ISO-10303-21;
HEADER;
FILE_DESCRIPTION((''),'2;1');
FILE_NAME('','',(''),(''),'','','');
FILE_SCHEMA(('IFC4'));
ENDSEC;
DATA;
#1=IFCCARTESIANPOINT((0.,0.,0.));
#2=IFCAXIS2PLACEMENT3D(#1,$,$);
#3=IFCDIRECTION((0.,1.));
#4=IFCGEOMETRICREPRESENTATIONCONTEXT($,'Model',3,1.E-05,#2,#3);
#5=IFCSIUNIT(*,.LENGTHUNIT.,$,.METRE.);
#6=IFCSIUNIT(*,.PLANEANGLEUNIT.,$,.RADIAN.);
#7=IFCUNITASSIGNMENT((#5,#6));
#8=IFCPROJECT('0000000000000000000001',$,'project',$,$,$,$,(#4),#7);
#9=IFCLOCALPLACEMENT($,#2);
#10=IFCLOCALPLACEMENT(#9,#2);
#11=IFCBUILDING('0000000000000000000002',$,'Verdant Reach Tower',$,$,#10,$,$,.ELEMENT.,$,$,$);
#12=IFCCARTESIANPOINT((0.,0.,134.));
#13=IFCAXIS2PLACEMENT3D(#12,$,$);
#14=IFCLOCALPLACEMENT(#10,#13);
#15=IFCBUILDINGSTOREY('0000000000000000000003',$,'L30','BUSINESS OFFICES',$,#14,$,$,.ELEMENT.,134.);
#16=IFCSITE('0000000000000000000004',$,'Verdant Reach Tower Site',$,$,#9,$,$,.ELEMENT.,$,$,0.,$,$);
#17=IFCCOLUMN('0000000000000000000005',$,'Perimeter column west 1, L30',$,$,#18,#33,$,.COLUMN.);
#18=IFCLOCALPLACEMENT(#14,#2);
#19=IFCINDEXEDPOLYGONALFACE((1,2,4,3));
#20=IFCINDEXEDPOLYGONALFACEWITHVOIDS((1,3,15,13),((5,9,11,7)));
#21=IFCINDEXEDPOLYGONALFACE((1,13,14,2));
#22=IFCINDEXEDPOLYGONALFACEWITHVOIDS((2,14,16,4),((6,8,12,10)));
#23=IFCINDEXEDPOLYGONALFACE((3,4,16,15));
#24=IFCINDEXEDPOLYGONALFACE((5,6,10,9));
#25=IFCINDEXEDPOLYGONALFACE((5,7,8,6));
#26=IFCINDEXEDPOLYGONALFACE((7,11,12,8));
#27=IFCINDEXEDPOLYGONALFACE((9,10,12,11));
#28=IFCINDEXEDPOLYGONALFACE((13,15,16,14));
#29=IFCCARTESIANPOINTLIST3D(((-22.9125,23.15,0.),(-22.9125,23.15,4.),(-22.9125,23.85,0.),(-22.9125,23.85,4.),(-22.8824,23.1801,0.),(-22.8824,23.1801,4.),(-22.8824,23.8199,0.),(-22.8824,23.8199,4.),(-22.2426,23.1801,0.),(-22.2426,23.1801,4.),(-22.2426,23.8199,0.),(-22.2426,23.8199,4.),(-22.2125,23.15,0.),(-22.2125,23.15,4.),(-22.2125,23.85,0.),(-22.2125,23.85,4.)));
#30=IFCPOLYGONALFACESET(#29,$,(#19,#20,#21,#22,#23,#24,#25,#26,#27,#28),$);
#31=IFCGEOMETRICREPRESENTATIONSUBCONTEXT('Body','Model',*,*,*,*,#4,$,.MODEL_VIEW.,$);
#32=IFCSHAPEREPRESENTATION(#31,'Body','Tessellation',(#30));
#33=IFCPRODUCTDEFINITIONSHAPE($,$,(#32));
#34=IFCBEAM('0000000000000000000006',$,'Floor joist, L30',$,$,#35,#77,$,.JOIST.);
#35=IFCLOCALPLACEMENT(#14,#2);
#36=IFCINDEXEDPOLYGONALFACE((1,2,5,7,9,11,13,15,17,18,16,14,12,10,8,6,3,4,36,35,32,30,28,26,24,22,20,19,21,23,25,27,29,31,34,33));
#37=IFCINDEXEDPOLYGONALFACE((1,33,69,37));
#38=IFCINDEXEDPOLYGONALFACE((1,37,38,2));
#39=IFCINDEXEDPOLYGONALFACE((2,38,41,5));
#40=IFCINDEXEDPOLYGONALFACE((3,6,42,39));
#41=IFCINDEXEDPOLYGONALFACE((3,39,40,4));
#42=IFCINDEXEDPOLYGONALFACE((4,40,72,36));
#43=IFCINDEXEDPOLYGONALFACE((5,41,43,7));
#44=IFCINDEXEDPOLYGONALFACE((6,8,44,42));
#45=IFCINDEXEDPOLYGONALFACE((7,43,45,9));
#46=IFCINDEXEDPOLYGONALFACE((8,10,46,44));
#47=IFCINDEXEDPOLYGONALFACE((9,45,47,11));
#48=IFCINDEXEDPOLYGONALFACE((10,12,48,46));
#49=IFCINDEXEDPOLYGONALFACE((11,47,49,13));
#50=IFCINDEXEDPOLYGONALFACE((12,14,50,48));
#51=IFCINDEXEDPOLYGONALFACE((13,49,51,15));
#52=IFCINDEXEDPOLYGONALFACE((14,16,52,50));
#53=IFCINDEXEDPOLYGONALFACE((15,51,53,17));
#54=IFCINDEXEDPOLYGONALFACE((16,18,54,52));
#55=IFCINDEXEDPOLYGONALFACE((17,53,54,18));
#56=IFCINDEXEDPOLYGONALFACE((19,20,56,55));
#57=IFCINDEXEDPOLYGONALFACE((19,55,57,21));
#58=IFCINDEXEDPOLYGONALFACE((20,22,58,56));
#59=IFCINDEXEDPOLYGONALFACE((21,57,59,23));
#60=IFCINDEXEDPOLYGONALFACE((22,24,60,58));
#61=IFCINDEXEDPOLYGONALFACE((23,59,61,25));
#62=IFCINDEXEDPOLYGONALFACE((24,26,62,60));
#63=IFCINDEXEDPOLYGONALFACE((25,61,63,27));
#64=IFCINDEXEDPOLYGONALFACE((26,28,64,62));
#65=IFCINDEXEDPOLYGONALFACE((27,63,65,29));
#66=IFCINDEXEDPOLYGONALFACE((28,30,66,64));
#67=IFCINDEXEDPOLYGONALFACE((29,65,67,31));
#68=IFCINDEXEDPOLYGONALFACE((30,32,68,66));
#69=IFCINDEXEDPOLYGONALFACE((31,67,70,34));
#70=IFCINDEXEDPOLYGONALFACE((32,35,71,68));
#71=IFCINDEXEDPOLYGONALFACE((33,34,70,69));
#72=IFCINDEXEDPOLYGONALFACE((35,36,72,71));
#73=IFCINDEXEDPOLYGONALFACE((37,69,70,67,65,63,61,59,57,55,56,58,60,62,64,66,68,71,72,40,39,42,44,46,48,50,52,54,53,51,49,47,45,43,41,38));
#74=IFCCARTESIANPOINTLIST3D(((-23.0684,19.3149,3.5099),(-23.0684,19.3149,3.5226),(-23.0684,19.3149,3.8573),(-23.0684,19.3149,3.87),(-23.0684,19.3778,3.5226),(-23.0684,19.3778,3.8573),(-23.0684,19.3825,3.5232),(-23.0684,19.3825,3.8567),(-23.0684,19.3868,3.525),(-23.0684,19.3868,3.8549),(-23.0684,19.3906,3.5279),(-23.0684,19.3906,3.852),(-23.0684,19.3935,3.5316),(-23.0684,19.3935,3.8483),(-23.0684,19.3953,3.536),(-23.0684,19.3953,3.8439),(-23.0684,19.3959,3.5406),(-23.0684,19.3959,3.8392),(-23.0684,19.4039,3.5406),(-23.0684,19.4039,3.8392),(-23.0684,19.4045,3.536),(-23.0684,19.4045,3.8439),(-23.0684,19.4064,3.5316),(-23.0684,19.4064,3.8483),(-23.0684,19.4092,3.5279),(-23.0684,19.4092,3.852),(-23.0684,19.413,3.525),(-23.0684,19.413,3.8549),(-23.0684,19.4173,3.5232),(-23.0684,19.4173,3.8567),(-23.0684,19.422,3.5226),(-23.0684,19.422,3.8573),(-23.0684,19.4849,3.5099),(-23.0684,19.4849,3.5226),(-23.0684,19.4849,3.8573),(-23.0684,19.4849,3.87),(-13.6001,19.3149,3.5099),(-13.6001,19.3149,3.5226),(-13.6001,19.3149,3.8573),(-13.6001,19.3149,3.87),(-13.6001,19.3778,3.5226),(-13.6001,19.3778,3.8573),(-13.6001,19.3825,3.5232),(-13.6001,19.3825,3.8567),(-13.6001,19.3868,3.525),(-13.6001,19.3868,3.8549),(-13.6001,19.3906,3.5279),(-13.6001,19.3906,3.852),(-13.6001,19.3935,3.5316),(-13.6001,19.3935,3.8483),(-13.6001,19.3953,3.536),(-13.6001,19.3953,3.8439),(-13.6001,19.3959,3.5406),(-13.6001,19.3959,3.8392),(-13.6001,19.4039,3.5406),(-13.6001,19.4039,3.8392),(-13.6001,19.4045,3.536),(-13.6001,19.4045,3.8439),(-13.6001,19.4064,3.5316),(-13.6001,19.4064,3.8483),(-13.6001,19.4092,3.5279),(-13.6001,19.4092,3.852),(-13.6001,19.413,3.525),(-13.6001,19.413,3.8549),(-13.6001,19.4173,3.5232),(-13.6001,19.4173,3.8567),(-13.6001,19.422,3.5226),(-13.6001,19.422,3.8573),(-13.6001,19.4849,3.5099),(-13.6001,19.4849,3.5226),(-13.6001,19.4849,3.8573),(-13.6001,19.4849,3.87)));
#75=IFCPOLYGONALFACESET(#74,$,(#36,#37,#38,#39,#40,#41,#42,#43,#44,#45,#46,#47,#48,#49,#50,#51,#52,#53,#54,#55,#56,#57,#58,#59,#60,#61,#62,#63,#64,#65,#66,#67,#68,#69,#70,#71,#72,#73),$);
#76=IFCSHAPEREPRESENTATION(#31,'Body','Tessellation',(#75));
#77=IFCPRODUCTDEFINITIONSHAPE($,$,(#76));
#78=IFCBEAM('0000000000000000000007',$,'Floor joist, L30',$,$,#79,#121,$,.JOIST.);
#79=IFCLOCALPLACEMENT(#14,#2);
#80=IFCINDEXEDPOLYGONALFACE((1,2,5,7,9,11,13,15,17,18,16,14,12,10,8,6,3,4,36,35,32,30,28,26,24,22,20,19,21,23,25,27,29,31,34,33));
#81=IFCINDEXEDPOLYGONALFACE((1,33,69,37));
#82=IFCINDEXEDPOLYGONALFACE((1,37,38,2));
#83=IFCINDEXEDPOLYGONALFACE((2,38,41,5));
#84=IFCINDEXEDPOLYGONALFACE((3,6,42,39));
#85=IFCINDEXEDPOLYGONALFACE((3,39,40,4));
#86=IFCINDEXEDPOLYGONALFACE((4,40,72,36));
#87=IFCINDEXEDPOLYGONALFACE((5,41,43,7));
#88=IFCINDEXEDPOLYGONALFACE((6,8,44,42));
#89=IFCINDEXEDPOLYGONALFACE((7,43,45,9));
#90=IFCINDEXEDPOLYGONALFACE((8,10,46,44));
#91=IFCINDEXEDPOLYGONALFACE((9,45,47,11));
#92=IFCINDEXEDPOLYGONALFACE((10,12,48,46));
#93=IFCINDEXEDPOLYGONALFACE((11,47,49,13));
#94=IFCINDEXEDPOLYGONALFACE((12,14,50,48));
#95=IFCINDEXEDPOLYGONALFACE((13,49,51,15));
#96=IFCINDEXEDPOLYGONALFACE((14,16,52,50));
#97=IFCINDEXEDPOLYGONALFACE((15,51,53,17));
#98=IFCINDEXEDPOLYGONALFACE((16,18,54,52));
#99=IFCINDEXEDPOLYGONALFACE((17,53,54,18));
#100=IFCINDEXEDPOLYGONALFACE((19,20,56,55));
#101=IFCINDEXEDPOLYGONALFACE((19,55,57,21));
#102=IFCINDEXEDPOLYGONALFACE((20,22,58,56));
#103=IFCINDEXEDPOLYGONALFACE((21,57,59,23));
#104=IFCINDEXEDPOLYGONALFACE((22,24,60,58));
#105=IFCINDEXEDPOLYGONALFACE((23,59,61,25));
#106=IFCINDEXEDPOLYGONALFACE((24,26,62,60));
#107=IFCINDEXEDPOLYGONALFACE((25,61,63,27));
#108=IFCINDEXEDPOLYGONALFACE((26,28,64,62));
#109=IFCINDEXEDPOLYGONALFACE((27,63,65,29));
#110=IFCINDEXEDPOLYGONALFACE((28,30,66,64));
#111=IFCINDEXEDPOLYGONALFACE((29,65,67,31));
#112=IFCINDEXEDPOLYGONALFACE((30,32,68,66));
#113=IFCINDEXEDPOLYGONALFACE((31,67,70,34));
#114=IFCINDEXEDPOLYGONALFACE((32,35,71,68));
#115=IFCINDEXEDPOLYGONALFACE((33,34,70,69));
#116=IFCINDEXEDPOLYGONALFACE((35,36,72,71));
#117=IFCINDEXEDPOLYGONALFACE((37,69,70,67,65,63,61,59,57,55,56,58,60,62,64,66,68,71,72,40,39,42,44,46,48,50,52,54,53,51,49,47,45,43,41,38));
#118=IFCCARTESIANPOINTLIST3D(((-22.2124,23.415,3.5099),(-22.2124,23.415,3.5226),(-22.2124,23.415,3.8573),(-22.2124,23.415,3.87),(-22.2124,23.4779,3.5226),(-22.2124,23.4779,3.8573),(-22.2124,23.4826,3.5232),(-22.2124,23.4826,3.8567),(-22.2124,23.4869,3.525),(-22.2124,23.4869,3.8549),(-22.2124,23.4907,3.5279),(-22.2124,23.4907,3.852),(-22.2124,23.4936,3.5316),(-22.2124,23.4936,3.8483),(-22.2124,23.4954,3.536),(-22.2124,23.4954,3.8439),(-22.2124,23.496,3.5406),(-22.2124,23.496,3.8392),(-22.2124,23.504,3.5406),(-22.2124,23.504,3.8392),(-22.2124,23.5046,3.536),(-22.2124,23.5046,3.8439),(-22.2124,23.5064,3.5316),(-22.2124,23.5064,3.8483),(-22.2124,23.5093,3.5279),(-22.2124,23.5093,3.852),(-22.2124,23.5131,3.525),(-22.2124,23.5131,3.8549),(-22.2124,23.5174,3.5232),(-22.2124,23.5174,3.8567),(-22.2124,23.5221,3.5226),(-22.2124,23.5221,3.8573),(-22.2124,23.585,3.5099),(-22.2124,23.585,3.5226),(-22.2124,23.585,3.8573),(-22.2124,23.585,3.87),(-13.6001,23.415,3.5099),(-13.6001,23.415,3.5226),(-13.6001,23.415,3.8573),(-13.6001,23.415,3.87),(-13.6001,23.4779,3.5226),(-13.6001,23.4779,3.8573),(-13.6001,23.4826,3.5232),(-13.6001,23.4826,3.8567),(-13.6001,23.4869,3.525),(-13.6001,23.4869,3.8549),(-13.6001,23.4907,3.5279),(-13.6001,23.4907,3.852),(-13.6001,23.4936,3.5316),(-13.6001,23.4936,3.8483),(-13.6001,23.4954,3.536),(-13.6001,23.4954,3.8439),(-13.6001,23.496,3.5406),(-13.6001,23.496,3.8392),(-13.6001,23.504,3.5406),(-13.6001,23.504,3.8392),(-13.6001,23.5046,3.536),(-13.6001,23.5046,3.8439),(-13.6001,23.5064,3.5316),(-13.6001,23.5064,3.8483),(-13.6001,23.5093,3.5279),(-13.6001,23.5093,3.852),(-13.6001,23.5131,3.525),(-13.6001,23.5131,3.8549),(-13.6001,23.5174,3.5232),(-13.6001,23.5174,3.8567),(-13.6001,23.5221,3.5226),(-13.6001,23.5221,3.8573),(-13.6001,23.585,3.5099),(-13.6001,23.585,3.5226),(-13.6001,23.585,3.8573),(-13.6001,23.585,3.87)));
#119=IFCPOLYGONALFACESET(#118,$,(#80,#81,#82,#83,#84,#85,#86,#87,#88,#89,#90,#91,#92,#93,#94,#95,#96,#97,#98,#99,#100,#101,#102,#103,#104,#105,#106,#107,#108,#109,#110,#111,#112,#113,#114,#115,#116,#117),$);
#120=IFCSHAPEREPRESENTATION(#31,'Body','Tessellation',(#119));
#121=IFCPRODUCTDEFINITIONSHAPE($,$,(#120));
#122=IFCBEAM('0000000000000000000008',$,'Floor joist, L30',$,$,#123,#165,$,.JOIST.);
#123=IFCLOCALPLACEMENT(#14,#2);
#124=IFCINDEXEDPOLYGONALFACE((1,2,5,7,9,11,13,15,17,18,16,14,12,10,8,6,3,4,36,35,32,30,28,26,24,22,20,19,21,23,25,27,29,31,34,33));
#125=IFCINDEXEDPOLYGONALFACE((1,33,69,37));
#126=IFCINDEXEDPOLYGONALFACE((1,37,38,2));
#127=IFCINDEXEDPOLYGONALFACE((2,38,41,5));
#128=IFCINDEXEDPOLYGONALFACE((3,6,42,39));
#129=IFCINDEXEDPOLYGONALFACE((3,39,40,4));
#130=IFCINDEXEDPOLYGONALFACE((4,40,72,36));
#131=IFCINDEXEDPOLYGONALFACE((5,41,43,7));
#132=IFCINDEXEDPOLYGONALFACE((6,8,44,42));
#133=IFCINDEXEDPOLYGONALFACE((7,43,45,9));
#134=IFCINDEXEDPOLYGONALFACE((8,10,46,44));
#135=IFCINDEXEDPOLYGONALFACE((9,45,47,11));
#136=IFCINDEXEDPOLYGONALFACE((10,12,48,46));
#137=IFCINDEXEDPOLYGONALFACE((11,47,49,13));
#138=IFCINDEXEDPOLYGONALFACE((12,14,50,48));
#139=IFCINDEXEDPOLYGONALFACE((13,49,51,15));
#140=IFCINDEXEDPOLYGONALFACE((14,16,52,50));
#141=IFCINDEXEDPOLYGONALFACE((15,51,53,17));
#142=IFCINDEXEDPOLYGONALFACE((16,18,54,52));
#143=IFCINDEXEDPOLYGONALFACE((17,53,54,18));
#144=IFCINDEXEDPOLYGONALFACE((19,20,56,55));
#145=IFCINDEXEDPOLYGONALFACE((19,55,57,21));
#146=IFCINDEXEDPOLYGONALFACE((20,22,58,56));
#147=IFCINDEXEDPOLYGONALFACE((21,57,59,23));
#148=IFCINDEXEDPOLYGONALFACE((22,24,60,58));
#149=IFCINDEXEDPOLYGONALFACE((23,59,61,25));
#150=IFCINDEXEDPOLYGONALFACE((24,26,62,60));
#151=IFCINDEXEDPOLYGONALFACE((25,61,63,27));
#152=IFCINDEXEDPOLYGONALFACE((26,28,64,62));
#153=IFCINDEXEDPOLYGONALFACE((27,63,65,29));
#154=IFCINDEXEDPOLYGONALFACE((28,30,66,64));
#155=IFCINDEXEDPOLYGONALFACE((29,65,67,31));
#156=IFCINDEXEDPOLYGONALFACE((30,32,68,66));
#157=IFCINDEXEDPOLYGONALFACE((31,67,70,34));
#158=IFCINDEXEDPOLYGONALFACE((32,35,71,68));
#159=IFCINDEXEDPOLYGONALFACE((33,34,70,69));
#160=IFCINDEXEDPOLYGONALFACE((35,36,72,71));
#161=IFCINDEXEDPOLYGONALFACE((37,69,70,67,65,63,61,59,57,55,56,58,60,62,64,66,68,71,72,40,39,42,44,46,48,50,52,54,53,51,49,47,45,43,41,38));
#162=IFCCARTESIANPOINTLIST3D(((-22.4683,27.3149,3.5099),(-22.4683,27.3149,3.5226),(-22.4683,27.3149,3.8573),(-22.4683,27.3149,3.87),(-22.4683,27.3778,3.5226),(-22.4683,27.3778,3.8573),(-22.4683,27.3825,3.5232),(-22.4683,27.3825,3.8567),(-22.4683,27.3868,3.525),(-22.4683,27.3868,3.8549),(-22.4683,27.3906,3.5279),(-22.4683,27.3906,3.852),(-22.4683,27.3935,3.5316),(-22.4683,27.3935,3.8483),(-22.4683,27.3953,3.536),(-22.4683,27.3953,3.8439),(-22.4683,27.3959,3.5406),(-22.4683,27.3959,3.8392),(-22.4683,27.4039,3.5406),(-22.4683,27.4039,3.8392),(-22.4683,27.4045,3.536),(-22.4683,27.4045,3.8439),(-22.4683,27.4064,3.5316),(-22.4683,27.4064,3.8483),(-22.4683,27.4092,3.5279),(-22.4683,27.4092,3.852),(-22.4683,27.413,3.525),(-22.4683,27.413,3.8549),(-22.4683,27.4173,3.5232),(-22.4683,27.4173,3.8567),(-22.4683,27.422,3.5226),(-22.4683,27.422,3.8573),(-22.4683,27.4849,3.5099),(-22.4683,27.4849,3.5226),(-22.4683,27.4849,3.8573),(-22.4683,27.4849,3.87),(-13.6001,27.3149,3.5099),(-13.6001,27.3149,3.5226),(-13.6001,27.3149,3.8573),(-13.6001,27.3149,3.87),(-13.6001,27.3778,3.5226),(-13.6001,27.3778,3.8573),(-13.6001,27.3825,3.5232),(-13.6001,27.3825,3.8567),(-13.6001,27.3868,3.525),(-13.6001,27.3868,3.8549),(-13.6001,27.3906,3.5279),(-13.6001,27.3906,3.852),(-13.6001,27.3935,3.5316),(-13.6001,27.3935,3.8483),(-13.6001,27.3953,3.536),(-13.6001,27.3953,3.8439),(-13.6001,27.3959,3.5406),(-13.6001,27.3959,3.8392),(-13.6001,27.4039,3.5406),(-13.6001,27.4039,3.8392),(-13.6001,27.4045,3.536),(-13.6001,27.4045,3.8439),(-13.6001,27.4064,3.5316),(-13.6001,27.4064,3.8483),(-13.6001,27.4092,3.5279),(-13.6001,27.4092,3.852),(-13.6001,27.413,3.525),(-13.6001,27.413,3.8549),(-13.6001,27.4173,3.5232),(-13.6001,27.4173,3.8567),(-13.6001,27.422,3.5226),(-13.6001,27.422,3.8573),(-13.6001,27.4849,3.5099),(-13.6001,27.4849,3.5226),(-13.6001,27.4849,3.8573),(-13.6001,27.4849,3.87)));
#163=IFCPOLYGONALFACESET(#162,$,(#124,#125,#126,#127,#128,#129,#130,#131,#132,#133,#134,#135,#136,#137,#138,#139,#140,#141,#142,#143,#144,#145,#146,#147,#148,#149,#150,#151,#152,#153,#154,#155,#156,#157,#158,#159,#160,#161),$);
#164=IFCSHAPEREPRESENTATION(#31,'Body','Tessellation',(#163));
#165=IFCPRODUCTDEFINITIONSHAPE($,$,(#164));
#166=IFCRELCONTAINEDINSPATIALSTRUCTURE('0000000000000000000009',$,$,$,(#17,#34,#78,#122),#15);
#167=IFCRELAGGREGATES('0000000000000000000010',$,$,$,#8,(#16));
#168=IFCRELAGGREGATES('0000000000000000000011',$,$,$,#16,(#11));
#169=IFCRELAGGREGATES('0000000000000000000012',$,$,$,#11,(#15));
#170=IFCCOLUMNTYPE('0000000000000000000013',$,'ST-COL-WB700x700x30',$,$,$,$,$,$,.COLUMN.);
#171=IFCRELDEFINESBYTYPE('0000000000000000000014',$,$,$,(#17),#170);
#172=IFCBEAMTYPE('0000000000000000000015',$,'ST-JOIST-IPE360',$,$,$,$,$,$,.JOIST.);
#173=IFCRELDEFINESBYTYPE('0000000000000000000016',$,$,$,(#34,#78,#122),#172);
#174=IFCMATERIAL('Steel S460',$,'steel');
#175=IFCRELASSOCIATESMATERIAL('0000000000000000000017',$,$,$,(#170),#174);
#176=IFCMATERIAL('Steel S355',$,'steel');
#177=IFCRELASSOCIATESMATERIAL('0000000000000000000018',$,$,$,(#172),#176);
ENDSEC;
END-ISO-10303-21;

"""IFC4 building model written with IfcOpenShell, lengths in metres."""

from ifc_helpers import new_model, si_unit, direction, frame, origin, origin_2d, place, context, subcontext, project, spatial, hollow_rectangle, i_section, extrude, material, material_profile, profile_set, type_object, element, save


model = new_model("IFC4")

# Units and contexts
model_context = context("Model", 3, precision=1e-05, world=origin(), true_north=direction((0.0, 1.0)))
body_context = subcontext(model_context, "Body", "Model", "MODEL_VIEW")
ifc_project = project(units=[si_unit("LENGTHUNIT", "METRE"), si_unit("PLANEANGLEUNIT", "RADIAN")], contexts=[model_context])

# Site, building, storey
site_placement = place(None, origin())
site = spatial("IfcSite", under=ifc_project, at=site_placement, Name="Verdant Reach Tower Site", CompositionType="ELEMENT", RefElevation=0.0)
building_placement = place(site_placement, origin())
building = spatial("IfcBuilding", under=site, at=building_placement, Name="Verdant Reach Tower", CompositionType="ELEMENT")
storey_placement = place(building_placement, frame((0.0, 0.0, 134.0)))
storey = spatial("IfcBuildingStorey", under=building, at=storey_placement, Name="L30", Description="BUSINESS OFFICES", CompositionType="ELEMENT", Elevation=134.0)

# Column
ifc_material_1 = material(Name="Steel S460", Category="steel")
ifc_material_profile_1 = material_profile(ifc_material_1, hollow_rectangle(XDim=0.7, YDim=0.7, WallThickness=0.03, at=origin_2d()), Name="WB 700x700x30")
ifc_profile_set_1 = profile_set([ifc_material_profile_1], Name="Steel S460")
column_type = type_object("IfcColumnType", Name="ST-COL-WB700x700x30", PredefinedType="COLUMN", material=ifc_profile_set_1)
column_placement = place(storey_placement, frame((-22.5625, 23.5, 0.0), z_axis=(0.0, 0.0, 1.0), x_axis=(1.0, 0.0, 0.0)))
element("IfcColumn", 1, at=column_placement, inside=storey, type_object=column_type, Name="Perimeter column west 1, L30", PredefinedType="COLUMN", context=body_context, shape_type="SweptSolid", body=[
    extrude(hollow_rectangle(XDim=0.7, YDim=0.7, WallThickness=0.03, at=origin_2d()), origin(), (0.0, 0.0, 1.0), 4.0),
])

# Beams
ifc_material_2 = material(Name="Steel S355", Category="steel")
ifc_material_profile_2 = material_profile(ifc_material_2, i_section(OverallWidth=0.1699, OverallDepth=0.3601, WebThickness=0.0081, FlangeThickness=0.0127, FilletRadius=0.0181, at=origin_2d()), Name="IPE 360")
ifc_profile_set_2 = profile_set([ifc_material_profile_2], Name="Steel S355")
beam_type = type_object("IfcBeamType", Name="ST-JOIST-IPE360", PredefinedType="JOIST", material=ifc_profile_set_2)
beam_1_placement = place(storey_placement, frame((-13.6001, 19.3999, 3.6899), z_axis=(-1.0, 0.0, 0.0), x_axis=(0.0, -1.0, 0.0)))
element("IfcBeam", 2, at=beam_1_placement, inside=storey, type_object=beam_type, Name="Floor joist, L30", PredefinedType="JOIST", context=body_context, shape_type="SweptSolid", body=[
    extrude(i_section(OverallWidth=0.1699, OverallDepth=0.3601, WebThickness=0.0081, FlangeThickness=0.0127, FilletRadius=0.0181, at=origin_2d()), origin(), (0.0, 0.0, 1.0), 9.4683),
])
beam_2_placement = place(storey_placement, frame((-13.6001, 23.5, 3.6899), z_axis=(-1.0, 0.0, 0.0), x_axis=(0.0, -1.0, 0.0)))
element("IfcBeam", 3, at=beam_2_placement, inside=storey, type_object=beam_type, Name="Floor joist, L30", PredefinedType="JOIST", context=body_context, shape_type="SweptSolid", body=[
    extrude(i_section(OverallWidth=0.1699, OverallDepth=0.3601, WebThickness=0.0081, FlangeThickness=0.0127, FilletRadius=0.0181, at=origin_2d()), origin(), (0.0, 0.0, 1.0), 8.6123),
])
beam_3_placement = place(storey_placement, frame((-13.6001, 27.3999, 3.6899), z_axis=(-1.0, 0.0, 0.0), x_axis=(0.0, -1.0, 0.0)))
element("IfcBeam", 4, at=beam_3_placement, inside=storey, type_object=beam_type, Name="Floor joist, L30", PredefinedType="JOIST", context=body_context, shape_type="SweptSolid", body=[
    extrude(i_section(OverallWidth=0.1699, OverallDepth=0.3601, WebThickness=0.0081, FlangeThickness=0.0127, FilletRadius=0.0181, at=origin_2d()), origin(), (0.0, 0.0, 1.0), 8.8682),
])

save(model, "model.ifc")
